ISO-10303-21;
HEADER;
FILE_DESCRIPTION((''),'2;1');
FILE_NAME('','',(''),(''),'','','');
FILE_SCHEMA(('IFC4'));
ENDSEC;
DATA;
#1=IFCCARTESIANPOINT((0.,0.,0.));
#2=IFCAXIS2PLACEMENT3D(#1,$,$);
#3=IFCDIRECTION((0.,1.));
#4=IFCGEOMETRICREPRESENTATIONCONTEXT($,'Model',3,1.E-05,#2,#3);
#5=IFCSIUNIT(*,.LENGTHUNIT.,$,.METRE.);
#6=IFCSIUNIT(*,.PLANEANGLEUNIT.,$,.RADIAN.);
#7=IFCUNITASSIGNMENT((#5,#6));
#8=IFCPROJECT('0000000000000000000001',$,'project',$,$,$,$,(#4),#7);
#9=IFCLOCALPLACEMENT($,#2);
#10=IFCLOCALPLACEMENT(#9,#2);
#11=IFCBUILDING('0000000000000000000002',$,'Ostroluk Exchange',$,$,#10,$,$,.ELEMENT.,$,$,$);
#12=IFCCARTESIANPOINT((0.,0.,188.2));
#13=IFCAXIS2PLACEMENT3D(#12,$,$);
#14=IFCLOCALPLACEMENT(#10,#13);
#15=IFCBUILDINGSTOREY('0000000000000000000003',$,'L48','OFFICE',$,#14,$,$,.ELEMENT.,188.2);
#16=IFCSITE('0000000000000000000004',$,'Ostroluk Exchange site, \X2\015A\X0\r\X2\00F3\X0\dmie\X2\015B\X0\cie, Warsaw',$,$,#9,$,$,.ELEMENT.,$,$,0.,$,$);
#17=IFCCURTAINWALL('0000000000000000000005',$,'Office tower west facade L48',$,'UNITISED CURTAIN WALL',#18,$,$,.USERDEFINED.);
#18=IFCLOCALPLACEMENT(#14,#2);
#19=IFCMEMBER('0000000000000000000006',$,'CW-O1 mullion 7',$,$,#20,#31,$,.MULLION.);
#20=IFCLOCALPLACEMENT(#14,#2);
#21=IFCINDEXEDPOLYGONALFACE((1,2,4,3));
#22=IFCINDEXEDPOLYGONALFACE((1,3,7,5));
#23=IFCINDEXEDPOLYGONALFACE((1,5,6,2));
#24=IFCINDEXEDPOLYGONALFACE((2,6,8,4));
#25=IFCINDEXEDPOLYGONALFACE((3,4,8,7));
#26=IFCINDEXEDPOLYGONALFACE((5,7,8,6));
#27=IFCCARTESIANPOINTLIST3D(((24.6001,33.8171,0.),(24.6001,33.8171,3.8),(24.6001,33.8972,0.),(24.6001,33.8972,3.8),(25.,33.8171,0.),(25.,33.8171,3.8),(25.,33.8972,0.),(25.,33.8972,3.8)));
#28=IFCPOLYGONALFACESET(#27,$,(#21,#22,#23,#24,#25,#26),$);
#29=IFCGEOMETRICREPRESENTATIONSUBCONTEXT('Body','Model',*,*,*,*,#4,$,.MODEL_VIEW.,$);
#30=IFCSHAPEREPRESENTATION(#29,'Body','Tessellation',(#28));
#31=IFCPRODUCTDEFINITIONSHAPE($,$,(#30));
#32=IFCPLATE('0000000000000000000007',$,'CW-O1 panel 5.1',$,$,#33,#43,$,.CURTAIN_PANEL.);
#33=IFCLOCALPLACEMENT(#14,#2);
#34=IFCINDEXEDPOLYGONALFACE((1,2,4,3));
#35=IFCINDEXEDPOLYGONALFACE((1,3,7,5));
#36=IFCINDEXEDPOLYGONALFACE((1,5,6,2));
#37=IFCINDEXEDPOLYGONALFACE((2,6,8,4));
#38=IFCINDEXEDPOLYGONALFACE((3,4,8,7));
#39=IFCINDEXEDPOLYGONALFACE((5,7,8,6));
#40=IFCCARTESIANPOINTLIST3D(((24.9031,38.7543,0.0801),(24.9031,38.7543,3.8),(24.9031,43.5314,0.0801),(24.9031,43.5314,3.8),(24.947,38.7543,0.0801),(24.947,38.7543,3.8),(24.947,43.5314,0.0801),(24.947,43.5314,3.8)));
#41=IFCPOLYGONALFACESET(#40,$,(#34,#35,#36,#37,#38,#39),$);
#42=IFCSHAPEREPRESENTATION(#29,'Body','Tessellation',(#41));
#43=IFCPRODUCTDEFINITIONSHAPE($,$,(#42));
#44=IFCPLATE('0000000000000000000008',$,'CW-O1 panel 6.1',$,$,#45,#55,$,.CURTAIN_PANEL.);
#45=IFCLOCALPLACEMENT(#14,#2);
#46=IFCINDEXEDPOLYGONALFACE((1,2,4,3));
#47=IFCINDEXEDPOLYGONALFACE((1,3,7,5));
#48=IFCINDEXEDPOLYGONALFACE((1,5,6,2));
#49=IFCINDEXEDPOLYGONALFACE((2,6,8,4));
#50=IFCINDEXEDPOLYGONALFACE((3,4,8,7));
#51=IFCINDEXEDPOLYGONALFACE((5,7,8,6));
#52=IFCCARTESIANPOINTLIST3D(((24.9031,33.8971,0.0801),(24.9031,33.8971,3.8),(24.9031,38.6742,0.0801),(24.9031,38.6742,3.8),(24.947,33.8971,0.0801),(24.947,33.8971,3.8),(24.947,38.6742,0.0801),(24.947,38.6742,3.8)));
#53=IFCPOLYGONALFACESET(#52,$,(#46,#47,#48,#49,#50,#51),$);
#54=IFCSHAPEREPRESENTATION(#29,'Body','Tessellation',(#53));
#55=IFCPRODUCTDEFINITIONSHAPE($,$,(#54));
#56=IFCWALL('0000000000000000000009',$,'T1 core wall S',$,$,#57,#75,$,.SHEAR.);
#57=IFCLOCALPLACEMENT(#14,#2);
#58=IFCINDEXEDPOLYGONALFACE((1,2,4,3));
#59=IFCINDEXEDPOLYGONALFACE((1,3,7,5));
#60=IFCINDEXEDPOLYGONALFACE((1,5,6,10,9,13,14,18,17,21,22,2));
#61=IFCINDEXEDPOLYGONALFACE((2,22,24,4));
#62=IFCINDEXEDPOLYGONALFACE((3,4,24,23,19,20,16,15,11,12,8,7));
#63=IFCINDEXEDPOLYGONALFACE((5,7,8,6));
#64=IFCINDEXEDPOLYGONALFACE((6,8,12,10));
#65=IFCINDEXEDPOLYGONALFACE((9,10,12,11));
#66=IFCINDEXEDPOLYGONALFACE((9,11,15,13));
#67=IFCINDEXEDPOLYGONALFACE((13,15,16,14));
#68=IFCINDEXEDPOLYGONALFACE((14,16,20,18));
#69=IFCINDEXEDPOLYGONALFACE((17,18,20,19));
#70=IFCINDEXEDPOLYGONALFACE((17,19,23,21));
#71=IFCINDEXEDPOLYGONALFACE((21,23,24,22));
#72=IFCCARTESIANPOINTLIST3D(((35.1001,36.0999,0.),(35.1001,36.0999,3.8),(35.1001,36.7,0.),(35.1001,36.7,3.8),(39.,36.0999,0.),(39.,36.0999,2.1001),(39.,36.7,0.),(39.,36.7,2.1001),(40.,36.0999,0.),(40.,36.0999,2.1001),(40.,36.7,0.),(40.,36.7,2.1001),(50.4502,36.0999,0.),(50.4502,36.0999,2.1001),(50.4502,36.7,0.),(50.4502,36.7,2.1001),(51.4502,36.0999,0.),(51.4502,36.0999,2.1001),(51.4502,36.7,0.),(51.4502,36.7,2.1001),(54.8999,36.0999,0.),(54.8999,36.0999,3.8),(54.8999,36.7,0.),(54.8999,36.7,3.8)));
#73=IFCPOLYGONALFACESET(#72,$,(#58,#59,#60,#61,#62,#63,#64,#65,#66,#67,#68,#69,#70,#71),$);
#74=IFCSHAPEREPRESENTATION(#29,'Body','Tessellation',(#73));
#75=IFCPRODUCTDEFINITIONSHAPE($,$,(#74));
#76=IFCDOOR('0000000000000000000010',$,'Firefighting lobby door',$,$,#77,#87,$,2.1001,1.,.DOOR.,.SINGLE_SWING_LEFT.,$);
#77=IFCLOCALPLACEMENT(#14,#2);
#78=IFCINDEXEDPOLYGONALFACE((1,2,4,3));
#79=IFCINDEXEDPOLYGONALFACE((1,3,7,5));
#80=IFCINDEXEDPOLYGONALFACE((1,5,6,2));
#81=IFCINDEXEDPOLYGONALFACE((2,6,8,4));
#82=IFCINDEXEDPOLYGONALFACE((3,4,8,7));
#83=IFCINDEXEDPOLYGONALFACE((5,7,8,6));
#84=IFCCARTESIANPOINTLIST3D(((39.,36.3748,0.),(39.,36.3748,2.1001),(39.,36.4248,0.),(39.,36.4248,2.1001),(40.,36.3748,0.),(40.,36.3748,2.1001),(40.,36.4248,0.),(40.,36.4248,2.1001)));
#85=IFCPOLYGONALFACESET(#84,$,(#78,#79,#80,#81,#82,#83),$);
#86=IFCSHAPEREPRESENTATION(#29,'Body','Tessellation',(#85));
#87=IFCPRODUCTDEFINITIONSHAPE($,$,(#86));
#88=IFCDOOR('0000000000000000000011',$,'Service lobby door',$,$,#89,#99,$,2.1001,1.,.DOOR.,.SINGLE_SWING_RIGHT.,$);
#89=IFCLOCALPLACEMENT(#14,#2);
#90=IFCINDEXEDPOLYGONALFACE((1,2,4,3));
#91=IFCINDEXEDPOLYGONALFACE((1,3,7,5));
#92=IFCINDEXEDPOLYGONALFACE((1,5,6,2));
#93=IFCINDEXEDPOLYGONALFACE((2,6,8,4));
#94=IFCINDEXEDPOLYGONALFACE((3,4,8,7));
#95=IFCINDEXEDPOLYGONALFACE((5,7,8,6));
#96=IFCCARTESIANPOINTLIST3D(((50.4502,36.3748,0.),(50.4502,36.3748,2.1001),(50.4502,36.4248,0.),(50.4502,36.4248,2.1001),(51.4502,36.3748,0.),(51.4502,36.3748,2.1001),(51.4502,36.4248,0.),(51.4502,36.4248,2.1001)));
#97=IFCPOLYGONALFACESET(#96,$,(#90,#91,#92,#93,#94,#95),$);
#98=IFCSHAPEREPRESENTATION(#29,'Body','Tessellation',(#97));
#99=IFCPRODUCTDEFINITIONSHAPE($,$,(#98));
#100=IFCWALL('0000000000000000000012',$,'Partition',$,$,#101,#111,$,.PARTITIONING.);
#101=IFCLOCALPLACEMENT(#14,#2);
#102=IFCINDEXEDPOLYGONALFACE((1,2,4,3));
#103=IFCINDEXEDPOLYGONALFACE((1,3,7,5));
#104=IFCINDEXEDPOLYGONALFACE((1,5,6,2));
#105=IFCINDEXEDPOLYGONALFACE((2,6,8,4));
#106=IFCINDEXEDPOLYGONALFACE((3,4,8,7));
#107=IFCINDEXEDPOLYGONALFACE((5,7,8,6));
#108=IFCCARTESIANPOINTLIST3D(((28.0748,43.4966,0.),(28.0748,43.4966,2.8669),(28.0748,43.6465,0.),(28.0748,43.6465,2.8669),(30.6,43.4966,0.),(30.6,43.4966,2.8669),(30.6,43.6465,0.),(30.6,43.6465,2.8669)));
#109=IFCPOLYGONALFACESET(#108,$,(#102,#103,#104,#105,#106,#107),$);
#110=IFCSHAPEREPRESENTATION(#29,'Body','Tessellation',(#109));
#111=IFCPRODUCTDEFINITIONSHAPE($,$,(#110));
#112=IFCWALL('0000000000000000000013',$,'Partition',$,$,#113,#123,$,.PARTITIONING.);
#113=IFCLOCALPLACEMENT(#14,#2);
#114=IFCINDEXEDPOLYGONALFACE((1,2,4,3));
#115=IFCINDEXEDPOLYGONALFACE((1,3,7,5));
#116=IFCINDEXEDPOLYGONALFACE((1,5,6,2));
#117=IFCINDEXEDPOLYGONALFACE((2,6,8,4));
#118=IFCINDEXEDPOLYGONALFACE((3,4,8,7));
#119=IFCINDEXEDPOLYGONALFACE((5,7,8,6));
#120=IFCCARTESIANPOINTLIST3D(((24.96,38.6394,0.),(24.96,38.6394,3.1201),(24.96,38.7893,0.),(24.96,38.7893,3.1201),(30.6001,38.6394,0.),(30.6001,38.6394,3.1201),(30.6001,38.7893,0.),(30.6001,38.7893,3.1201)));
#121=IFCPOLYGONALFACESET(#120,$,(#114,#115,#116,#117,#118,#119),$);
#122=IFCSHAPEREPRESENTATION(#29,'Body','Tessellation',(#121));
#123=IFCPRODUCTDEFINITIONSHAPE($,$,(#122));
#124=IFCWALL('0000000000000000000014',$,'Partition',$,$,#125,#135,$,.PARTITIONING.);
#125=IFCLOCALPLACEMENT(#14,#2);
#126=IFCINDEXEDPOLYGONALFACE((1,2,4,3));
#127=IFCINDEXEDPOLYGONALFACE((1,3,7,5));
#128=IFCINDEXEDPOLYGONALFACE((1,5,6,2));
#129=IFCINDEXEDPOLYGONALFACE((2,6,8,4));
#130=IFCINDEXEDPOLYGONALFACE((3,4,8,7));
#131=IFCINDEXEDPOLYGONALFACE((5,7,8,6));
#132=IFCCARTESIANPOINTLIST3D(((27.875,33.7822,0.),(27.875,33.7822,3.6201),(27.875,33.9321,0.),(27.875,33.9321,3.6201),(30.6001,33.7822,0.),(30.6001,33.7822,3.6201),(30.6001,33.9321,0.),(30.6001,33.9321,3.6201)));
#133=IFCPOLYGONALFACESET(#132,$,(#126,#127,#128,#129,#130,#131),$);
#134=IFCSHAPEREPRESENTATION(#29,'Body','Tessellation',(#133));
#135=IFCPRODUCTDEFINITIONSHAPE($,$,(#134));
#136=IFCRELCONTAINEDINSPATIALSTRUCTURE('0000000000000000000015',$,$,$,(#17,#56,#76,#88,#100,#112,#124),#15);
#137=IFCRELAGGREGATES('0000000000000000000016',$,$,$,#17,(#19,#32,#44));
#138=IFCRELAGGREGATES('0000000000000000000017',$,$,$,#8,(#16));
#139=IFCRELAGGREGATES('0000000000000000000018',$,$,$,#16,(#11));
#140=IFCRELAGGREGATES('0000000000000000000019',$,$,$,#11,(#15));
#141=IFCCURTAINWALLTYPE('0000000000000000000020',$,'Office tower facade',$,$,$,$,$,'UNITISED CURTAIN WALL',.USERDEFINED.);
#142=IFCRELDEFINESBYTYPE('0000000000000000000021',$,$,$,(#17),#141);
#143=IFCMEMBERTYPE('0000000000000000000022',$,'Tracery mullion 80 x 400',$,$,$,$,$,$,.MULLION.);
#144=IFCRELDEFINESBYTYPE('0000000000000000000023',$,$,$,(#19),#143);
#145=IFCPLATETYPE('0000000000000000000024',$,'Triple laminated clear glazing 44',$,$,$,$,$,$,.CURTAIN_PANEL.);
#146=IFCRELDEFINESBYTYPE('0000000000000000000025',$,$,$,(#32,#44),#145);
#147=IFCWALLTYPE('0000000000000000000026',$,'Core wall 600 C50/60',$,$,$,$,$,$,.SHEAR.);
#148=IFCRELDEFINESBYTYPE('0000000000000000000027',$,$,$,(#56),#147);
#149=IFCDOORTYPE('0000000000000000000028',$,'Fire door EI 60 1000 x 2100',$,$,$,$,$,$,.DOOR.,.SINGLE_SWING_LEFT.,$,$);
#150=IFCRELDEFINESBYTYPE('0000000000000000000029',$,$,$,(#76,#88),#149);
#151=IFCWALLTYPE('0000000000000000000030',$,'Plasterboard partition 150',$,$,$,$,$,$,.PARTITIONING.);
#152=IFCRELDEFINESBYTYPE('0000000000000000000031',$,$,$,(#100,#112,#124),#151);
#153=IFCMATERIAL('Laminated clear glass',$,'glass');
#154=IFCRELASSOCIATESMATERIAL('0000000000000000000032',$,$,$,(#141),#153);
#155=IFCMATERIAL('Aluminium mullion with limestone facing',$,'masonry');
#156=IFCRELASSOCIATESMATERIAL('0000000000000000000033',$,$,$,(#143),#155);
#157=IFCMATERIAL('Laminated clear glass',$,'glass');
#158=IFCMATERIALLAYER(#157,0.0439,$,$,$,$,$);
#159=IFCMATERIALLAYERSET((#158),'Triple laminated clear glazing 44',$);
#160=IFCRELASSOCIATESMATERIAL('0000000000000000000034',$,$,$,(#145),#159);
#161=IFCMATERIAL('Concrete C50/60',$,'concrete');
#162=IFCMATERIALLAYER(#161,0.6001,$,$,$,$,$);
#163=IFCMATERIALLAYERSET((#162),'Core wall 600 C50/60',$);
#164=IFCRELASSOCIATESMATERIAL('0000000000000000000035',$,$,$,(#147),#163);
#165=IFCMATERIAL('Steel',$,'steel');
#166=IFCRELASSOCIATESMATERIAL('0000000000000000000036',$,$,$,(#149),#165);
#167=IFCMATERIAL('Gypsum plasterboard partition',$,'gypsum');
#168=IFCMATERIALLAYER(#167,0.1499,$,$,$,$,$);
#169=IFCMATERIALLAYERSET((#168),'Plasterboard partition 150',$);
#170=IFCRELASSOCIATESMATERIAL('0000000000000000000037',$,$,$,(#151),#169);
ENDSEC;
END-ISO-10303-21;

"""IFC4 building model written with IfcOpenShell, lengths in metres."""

from ifc_helpers import new_model, si_unit, direction, frame, frame_2d, origin, origin_2d, place, context, subcontext, project, spatial, rectangle, extrude, material, layer, layer_set, material_profile, profile_set, type_object, element, fill, aggregate, save


model = new_model("IFC4")

# Units and contexts
model_context = context("Model", 3, precision=1e-05, world=origin(), true_north=direction((0.0, 1.0)))
body_context = subcontext(model_context, "Body", "Model", "MODEL_VIEW")
ifc_project = project(units=[si_unit("LENGTHUNIT", "METRE"), si_unit("PLANEANGLEUNIT", "RADIAN")], contexts=[model_context])

# Site, building, storey
site_placement = place(None, origin())
site = spatial("IfcSite", under=ifc_project, at=site_placement, Name="Ostroluk Exchange site, Śródmieście, Warsaw", CompositionType="ELEMENT", RefElevation=0.0)
building_placement = place(site_placement, origin())
building = spatial("IfcBuilding", under=site, at=building_placement, Name="Ostroluk Exchange", CompositionType="ELEMENT")
storey_placement = place(building_placement, frame((0.0, 0.0, 188.2)))
storey = spatial("IfcBuildingStorey", under=building, at=storey_placement, Name="L48", Description="OFFICE", CompositionType="ELEMENT", Elevation=188.2)

# Curtain wall, member, plates
ifc_material_1 = material(Name="Laminated clear glass", Category="glass")
curtain_wall_type = type_object("IfcCurtainWallType", Name="Office tower facade", ElementType="UNITISED CURTAIN WALL", PredefinedType="USERDEFINED", material=ifc_material_1)
curtain_wall_placement = place(storey_placement, origin())
curtain_wall = element("IfcCurtainWall", 1, at=curtain_wall_placement, inside=storey, type_object=curtain_wall_type, Name="Office tower west facade L48", ObjectType="UNITISED CURTAIN WALL", PredefinedType="USERDEFINED")
ifc_material_2 = material(Name="Aluminium mullion with limestone facing", Category="masonry")
ifc_material_profile_1 = material_profile(ifc_material_2, rectangle(XDim=0.3999, YDim=0.0801, at=origin_2d()), Name="Tracery mullion 80 x 400")
ifc_profile_set_1 = profile_set([ifc_material_profile_1], Name="Aluminium mullion with limestone facing")
member_type_1 = type_object("IfcMemberType", Name="Tracery mullion 80 x 400", PredefinedType="MULLION", material=ifc_profile_set_1)
member_1_placement = place(storey_placement, frame((24.8, 33.8572, 0.0), z_axis=(0.0, 0.0, 1.0), x_axis=(1.0, 0.0, 0.0)))
member_1 = element("IfcMember", 2, at=member_1_placement, type_object=member_type_1, Name="CW-O1 mullion 7", PredefinedType="MULLION", context=body_context, shape_type="SweptSolid", body=[
    extrude(rectangle(XDim=0.3999, YDim=0.0801, at=origin_2d()), origin(), (0.0, 0.0, 1.0), 3.8),
])
ifc_material_3 = material(Name="Laminated clear glass", Category="glass")
ifc_layer_1 = layer(ifc_material_3, 0.0439)
ifc_layer_set_1 = layer_set([ifc_layer_1], Name="Triple laminated clear glazing 44")
plate_type = type_object("IfcPlateType", Name="Triple laminated clear glazing 44", PredefinedType="CURTAIN_PANEL", material=ifc_layer_set_1)
plate_1_placement = place(storey_placement, frame((24.925, 41.1428, 0.0801), z_axis=(0.0, 0.0, 1.0), x_axis=(0.0, -1.0, 0.0)))
plate_1 = element("IfcPlate", 3, at=plate_1_placement, type_object=plate_type, Name="CW-O1 panel 5.1", PredefinedType="CURTAIN_PANEL", context=body_context, shape_type="SweptSolid", body=[
    extrude(rectangle(XDim=4.7771, YDim=0.0439, at=origin_2d()), origin(), (0.0, 0.0, 1.0), 3.72),
])
plate_2_placement = place(storey_placement, frame((24.925, 36.2856, 0.0801), z_axis=(0.0, 0.0, 1.0), x_axis=(0.0, -1.0, 0.0)))
plate_2 = element("IfcPlate", 4, at=plate_2_placement, type_object=plate_type, Name="CW-O1 panel 6.1", PredefinedType="CURTAIN_PANEL", context=body_context, shape_type="SweptSolid", body=[
    extrude(rectangle(XDim=4.7771, YDim=0.0439, at=origin_2d()), origin(), (0.0, 0.0, 1.0), 3.72),
])
aggregate(curtain_wall, [member_1, plate_1, plate_2])

# Wall, openings, doors
ifc_material_4 = material(Name="Concrete C50/60", Category="concrete")
ifc_layer_2 = layer(ifc_material_4, 0.6001)
ifc_layer_set_2 = layer_set([ifc_layer_2], Name="Core wall 600 C50/60")
wall_type_1 = type_object("IfcWallType", Name="Core wall 600 C50/60", PredefinedType="SHEAR", material=ifc_layer_set_2)
wall_1_placement = place(storey_placement, frame((35.1001, 36.3999, 0.0), z_axis=(0.0, 0.0, 1.0), x_axis=(1.0, 0.0, 0.0)))
wall_1 = element("IfcWall", 5, at=wall_1_placement, inside=storey, type_object=wall_type_1, Name="T1 core wall S", PredefinedType="SHEAR", context=body_context, shape_type="SweptSolid", body=[
    extrude(rectangle(XDim=19.7998, YDim=0.6001, at=frame_2d((9.8999, 0.0))), origin(), (0.0, 0.0, 1.0), 3.8),
])
opening_1_placement = place(wall_1_placement, frame((3.8999, 0.0, 0.0)))
opening_1 = element("IfcOpeningElement", 6, at=opening_1_placement, cuts=wall_1, PredefinedType="OPENING", context=body_context, shape_type="SweptSolid", body=[
    extrude(rectangle(XDim=1.0, YDim=2.1001, at=frame_2d((0.5, 1.05))), frame((0.0, 0.3101, 0.0), z_axis=(0.0, -1.0, 0.0), x_axis=(1.0, 0.0, 0.0)), (0.0, 0.0, 1.0), 0.6201),
])
opening_2_placement = place(wall_1_placement, frame((15.3501, 0.0, 0.0)))
opening_2 = element("IfcOpeningElement", 7, at=opening_2_placement, cuts=wall_1, PredefinedType="OPENING", context=body_context, shape_type="SweptSolid", body=[
    extrude(rectangle(XDim=1.0, YDim=2.1001, at=frame_2d((0.5, 1.05))), frame((0.0, 0.3101, 0.0), z_axis=(0.0, -1.0, 0.0), x_axis=(1.0, 0.0, 0.0)), (0.0, 0.0, 1.0), 0.6201),
])
ifc_material_5 = material(Name="Steel", Category="steel")
door_type_1 = type_object("IfcDoorType", Name="Fire door EI 60 1000 x 2100", OperationType="SINGLE_SWING_LEFT", PredefinedType="DOOR", material=ifc_material_5)
door_1_placement = place(opening_1_placement, origin())
door_1 = element("IfcDoor", 8, at=door_1_placement, inside=storey, type_object=door_type_1, Name="Firefighting lobby door", OperationType="SINGLE_SWING_LEFT", OverallHeight=2.1001, OverallWidth=1.0, PredefinedType="DOOR", context=body_context, shape_type="SweptSolid", body=[
    extrude(rectangle(XDim=1.0, YDim=2.1001, at=frame_2d((0.5, 1.05))), frame((0.0, 0.0249, 0.0), z_axis=(0.0, -1.0, 0.0), x_axis=(1.0, 0.0, 0.0)), (0.0, 0.0, 1.0), 0.05),
])
fill(opening_1, door_1)
door_2_placement = place(opening_2_placement, origin())
door_2 = element("IfcDoor", 9, at=door_2_placement, inside=storey, type_object=door_type_1, Name="Service lobby door", OperationType="SINGLE_SWING_RIGHT", OverallHeight=2.1001, OverallWidth=1.0, PredefinedType="DOOR", context=body_context, shape_type="SweptSolid", body=[
    extrude(rectangle(XDim=1.0, YDim=2.1001, at=frame_2d((0.5, 1.05))), frame((0.0, 0.0249, 0.0), z_axis=(0.0, -1.0, 0.0), x_axis=(1.0, 0.0, 0.0)), (0.0, 0.0, 1.0), 0.05),
])
fill(opening_2, door_2)

# Walls
ifc_material_6 = material(Name="Gypsum plasterboard partition", Category="gypsum")
ifc_layer_3 = layer(ifc_material_6, 0.1499)
ifc_layer_set_3 = layer_set([ifc_layer_3], Name="Plasterboard partition 150")
wall_type_2 = type_object("IfcWallType", Name="Plasterboard partition 150", PredefinedType="PARTITIONING", material=ifc_layer_set_3)
wall_2_placement = place(storey_placement, frame((30.6001, 43.5715, 0.0), z_axis=(0.0, 0.0, 1.0), x_axis=(-1.0, 0.0, 0.0)))
element("IfcWall", 10, at=wall_2_placement, inside=storey, type_object=wall_type_2, Name="Partition", PredefinedType="PARTITIONING", context=body_context, shape_type="SweptSolid", body=[
    extrude(rectangle(XDim=2.5251, YDim=0.1499, at=frame_2d((1.2627, 0.0))), origin(), (0.0, 0.0, 1.0), 2.8669),
])
wall_3_placement = place(storey_placement, frame((30.6001, 38.7144, 0.0), z_axis=(0.0, 0.0, 1.0), x_axis=(-1.0, 0.0, 0.0)))
element("IfcWall", 11, at=wall_3_placement, inside=storey, type_object=wall_type_2, Name="Partition", PredefinedType="PARTITIONING", context=body_context, shape_type="SweptSolid", body=[
    extrude(rectangle(XDim=5.6401, YDim=0.1499, at=frame_2d((2.8201, 0.0))), origin(), (0.0, 0.0, 1.0), 3.1201),
])
wall_4_placement = place(storey_placement, frame((30.6001, 33.8572, 0.0), z_axis=(0.0, 0.0, 1.0), x_axis=(-1.0, 0.0, 0.0)))
element("IfcWall", 12, at=wall_4_placement, inside=storey, type_object=wall_type_2, Name="Partition", PredefinedType="PARTITIONING", context=body_context, shape_type="SweptSolid", body=[
    extrude(rectangle(XDim=2.7251, YDim=0.1499, at=frame_2d((1.3625, 0.0))), origin(), (0.0, 0.0, 1.0), 3.6201),
])

save(model, "model.ifc")
